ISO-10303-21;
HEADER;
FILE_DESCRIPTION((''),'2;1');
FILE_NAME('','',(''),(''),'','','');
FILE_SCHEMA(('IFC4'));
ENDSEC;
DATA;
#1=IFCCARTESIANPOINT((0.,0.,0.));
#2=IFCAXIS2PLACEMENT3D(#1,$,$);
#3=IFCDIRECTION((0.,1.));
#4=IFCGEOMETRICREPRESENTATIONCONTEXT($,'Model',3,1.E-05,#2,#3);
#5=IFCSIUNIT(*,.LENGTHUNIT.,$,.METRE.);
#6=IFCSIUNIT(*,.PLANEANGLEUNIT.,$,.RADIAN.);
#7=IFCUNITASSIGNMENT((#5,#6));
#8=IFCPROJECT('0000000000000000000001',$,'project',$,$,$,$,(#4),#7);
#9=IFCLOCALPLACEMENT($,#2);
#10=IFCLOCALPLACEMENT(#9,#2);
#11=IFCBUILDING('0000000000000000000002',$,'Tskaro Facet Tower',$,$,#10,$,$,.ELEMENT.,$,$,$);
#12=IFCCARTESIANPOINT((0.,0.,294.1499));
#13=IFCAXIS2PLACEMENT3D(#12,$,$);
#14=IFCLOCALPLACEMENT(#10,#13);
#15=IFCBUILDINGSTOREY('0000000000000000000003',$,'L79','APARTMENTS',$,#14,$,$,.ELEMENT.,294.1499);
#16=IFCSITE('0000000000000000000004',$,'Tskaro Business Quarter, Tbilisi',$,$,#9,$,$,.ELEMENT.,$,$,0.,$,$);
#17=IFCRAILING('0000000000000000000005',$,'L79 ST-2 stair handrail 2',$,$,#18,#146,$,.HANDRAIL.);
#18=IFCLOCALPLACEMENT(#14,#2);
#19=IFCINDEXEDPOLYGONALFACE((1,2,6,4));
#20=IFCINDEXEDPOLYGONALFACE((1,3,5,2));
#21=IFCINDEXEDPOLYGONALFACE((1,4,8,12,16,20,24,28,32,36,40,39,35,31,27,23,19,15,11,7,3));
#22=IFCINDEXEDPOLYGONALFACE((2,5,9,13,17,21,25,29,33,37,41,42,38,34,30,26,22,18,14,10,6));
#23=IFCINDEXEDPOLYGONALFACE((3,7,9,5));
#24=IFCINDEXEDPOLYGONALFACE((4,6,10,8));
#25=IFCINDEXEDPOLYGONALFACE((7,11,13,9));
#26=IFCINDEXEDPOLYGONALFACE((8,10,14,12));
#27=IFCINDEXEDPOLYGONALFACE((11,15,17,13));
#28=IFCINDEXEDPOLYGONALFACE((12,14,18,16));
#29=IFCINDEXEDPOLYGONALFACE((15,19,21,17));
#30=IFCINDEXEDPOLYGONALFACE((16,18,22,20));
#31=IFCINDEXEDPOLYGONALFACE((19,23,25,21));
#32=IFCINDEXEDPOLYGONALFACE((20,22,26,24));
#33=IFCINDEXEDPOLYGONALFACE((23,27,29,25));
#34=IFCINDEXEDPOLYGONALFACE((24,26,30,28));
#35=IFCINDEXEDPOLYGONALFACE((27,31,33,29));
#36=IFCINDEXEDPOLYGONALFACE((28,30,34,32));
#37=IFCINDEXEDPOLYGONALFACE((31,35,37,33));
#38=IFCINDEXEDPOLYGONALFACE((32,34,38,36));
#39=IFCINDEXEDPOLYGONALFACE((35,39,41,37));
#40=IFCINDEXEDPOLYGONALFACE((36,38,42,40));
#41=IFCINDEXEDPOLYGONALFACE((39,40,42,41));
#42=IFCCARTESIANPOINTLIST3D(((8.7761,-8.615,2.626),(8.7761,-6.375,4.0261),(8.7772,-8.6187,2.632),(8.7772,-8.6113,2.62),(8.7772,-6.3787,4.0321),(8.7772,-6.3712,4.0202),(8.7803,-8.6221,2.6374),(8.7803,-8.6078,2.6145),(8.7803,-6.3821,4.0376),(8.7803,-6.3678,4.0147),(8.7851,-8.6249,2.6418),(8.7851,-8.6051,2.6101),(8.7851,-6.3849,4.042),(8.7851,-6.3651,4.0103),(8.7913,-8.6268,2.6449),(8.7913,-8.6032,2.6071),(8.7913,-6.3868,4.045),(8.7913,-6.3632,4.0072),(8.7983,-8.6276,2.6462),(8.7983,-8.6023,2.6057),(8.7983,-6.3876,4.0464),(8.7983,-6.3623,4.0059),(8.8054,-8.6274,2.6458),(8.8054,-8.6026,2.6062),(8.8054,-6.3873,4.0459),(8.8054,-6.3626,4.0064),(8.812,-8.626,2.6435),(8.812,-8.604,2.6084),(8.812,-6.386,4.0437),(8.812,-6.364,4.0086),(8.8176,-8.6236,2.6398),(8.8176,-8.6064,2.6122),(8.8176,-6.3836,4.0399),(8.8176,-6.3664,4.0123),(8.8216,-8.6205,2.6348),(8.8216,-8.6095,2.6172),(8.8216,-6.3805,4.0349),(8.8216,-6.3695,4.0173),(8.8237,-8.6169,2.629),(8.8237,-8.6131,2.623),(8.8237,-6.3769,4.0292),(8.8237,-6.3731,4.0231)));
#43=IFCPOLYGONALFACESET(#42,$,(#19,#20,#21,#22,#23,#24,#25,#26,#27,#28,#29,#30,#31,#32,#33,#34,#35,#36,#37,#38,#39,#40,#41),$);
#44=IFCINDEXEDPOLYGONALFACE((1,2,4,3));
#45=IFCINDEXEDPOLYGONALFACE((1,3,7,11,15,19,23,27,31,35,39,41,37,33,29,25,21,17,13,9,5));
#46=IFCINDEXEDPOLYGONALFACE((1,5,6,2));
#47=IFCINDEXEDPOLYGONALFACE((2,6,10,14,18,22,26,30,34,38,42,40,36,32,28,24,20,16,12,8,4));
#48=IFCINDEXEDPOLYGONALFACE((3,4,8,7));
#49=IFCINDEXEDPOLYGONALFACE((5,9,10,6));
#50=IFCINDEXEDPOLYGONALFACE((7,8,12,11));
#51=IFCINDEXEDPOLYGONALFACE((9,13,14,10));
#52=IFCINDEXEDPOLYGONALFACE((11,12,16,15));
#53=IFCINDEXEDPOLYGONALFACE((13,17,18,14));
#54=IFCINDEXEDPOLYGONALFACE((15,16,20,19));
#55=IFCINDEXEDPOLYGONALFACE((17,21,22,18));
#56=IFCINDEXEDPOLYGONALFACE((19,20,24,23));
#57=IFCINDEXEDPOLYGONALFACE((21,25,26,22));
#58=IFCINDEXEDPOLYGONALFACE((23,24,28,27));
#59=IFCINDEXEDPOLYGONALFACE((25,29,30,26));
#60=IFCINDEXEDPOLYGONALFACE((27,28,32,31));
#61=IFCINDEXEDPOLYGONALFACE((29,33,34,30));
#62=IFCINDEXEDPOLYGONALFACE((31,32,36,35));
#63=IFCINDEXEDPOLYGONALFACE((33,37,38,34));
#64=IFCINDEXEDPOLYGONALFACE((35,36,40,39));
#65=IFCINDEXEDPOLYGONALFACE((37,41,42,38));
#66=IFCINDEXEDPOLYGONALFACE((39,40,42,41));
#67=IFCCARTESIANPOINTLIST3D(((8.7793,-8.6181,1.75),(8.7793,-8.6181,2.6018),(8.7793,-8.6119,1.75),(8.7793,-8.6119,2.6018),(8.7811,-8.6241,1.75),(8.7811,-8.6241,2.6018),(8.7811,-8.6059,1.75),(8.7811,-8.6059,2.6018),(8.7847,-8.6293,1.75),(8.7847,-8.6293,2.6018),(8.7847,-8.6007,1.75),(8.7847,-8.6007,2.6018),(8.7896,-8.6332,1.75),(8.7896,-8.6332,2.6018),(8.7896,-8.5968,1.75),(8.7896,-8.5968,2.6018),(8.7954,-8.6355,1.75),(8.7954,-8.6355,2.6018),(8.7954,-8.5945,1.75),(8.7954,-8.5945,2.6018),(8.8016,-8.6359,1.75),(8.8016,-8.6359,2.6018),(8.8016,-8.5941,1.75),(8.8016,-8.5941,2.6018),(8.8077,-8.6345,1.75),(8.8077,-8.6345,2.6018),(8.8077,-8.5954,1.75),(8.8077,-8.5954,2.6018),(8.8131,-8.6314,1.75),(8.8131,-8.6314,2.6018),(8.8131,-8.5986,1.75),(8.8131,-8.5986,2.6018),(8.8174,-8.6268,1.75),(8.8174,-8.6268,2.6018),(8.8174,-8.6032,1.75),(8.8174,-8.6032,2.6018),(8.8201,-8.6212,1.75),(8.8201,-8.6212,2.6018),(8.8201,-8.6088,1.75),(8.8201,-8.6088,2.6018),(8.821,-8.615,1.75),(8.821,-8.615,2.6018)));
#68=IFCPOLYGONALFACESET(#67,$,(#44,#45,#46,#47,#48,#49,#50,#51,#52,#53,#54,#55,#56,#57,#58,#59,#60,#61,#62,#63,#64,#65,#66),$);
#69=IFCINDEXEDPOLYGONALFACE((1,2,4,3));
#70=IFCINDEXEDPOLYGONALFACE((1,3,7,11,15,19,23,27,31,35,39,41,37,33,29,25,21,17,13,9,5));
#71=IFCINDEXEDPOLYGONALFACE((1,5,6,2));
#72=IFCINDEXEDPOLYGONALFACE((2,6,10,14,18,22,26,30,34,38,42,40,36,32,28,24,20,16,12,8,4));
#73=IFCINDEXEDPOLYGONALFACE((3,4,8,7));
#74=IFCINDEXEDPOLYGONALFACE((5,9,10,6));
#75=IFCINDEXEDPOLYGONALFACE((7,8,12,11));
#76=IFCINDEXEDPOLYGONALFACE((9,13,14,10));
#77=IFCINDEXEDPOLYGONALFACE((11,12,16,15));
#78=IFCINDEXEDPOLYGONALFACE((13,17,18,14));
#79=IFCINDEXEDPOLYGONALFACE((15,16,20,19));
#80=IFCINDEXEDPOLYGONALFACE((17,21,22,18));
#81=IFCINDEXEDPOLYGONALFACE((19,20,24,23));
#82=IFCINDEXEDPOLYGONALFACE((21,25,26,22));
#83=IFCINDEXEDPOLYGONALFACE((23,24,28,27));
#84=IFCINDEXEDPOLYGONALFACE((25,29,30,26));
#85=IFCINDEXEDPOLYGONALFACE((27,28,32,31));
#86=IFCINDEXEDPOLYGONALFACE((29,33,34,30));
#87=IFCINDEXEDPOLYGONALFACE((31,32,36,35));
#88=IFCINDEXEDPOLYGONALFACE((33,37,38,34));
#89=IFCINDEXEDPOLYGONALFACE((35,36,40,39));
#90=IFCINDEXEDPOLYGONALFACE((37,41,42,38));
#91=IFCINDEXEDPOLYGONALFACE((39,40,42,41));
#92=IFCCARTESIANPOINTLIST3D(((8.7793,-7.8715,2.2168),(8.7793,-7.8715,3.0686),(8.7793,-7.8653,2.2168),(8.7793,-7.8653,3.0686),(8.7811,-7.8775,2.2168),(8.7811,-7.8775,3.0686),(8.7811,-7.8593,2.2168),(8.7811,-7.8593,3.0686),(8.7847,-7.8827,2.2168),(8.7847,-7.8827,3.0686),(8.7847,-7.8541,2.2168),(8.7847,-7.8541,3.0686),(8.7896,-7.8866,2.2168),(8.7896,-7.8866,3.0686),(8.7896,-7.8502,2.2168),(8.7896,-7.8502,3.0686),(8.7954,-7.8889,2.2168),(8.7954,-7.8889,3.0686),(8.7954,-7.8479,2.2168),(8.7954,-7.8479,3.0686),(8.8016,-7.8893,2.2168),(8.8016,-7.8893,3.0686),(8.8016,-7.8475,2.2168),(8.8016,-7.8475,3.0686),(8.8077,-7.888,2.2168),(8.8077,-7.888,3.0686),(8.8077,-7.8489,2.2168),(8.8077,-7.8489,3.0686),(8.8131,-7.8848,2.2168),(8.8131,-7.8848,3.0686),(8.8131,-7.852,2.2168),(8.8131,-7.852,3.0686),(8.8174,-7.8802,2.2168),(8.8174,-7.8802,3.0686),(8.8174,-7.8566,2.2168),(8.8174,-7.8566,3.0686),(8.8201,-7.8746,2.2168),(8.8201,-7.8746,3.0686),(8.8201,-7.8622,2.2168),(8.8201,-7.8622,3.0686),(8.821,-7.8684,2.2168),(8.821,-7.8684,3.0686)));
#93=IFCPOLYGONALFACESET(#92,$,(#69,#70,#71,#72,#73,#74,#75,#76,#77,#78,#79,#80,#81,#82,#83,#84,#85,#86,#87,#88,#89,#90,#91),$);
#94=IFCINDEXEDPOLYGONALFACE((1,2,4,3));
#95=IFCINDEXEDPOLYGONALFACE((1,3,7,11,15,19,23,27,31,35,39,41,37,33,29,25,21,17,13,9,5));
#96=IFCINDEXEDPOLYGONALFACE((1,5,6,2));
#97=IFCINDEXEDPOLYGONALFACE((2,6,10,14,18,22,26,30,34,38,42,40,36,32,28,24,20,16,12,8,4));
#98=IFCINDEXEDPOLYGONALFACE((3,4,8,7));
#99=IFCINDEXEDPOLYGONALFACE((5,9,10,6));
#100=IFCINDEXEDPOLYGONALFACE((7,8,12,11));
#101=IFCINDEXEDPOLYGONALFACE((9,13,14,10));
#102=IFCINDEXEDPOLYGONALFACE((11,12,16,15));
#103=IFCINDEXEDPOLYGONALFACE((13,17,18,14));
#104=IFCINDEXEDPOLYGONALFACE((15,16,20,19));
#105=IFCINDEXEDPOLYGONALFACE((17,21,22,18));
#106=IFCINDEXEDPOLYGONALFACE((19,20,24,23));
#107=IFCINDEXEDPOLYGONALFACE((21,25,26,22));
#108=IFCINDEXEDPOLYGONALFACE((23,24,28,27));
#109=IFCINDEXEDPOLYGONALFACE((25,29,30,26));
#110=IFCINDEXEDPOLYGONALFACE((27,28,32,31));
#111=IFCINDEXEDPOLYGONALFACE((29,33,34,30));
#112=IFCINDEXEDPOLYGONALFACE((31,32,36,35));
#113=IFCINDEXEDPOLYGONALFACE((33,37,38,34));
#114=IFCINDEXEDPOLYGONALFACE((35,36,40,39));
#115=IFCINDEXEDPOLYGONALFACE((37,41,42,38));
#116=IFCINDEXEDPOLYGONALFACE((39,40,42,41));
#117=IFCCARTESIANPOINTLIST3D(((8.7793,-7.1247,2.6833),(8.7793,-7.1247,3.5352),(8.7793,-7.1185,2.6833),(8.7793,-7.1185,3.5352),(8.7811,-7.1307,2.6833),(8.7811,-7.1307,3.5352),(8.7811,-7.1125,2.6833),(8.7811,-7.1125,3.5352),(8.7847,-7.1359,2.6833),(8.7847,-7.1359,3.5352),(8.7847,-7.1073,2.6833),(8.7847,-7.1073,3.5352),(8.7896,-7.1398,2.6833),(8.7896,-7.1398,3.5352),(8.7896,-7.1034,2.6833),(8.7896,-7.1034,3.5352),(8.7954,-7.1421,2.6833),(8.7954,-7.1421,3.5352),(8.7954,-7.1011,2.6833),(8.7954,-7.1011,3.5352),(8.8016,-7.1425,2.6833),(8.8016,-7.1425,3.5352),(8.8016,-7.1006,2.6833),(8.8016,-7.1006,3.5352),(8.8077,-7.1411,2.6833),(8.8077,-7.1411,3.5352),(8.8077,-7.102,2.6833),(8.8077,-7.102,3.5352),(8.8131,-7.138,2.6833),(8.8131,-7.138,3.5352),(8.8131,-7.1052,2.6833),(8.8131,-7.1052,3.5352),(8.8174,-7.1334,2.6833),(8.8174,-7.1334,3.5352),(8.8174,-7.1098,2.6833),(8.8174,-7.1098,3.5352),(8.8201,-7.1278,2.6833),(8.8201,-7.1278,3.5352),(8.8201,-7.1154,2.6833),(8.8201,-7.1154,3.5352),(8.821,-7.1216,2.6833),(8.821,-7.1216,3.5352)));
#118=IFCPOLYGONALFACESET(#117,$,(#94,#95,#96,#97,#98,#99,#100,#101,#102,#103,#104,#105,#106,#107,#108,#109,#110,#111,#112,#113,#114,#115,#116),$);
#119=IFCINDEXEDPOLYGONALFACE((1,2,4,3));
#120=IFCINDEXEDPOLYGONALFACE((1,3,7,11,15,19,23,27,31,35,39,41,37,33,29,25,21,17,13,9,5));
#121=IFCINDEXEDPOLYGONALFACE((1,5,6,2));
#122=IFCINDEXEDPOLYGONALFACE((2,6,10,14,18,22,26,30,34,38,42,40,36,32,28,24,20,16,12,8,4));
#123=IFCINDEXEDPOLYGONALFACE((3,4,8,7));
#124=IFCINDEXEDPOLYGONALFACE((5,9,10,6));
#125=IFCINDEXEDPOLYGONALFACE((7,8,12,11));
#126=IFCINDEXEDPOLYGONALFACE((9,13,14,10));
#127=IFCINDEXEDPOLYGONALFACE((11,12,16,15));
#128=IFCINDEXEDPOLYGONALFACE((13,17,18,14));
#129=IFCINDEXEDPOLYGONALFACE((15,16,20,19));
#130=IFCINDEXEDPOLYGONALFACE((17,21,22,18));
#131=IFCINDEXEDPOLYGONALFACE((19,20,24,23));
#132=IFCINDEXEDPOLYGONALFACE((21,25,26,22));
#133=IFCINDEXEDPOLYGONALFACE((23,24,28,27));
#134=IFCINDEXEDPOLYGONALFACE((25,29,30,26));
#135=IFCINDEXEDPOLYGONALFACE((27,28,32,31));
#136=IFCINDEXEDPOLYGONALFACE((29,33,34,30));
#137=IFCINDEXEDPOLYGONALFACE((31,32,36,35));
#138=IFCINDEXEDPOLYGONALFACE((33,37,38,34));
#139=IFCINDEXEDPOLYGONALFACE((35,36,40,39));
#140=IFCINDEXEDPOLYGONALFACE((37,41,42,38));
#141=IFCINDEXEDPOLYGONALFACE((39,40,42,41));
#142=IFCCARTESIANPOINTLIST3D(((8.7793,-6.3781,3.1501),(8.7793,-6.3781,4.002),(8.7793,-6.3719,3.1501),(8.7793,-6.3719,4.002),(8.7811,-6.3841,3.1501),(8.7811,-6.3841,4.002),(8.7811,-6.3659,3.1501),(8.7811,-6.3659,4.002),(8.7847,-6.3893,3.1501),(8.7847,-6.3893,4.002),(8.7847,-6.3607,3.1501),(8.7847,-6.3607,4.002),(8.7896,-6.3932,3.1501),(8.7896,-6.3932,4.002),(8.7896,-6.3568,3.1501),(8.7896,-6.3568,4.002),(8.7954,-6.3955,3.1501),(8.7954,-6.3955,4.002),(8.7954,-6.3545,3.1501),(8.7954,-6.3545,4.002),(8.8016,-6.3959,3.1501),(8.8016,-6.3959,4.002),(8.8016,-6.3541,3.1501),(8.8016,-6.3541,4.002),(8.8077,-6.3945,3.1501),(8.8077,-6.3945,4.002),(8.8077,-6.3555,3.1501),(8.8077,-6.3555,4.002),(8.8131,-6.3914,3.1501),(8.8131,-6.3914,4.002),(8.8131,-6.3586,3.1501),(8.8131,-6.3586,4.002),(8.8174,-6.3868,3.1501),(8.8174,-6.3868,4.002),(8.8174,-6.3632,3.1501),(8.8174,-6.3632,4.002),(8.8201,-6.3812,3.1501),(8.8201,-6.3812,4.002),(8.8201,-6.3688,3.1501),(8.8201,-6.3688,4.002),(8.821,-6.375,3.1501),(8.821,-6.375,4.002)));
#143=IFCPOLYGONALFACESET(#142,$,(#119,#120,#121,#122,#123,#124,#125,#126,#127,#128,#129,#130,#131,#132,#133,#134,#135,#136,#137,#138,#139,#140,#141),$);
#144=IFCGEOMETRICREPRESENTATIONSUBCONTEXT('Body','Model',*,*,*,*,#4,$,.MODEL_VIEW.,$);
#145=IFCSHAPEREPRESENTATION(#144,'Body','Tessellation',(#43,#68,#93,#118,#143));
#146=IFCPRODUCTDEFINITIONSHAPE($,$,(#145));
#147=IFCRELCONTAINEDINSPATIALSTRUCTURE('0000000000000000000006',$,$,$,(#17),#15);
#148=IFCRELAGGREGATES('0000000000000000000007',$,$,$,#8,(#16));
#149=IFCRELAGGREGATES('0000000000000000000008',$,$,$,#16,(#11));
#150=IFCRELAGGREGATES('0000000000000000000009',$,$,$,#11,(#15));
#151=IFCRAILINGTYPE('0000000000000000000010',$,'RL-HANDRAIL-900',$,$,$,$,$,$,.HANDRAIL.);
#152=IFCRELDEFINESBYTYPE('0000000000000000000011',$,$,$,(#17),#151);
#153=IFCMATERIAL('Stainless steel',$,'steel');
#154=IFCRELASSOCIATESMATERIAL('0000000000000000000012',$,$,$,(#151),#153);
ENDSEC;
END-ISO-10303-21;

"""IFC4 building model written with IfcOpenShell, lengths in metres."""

from ifc_helpers import new_model, si_unit, direction, frame, origin, origin_2d, place, context, subcontext, project, spatial, circle, extrude, material, type_object, element, save


model = new_model("IFC4")

# Units and contexts
model_context = context("Model", 3, precision=1e-05, world=origin(), true_north=direction((0.0, 1.0)))
body_context = subcontext(model_context, "Body", "Model", "MODEL_VIEW")
ifc_project = project(units=[si_unit("LENGTHUNIT", "METRE"), si_unit("PLANEANGLEUNIT", "RADIAN")], contexts=[model_context])

# Site, building, storey
site_placement = place(None, origin())
site = spatial("IfcSite", under=ifc_project, at=site_placement, Name="Tskaro Business Quarter, Tbilisi", CompositionType="ELEMENT", RefElevation=0.0)
building_placement = place(site_placement, origin())
building = spatial("IfcBuilding", under=site, at=building_placement, Name="Tskaro Facet Tower", CompositionType="ELEMENT")
storey_placement = place(building_placement, frame((0.0, 0.0, 294.1499)))
storey = spatial("IfcBuildingStorey", under=building, at=storey_placement, Name="L79", Description="APARTMENTS", CompositionType="ELEMENT", Elevation=294.1499)

# Railing
ifc_material_1 = material(Name="Stainless steel", Category="steel")
railing_type = type_object("IfcRailingType", Name="RL-HANDRAIL-900", PredefinedType="HANDRAIL", material=ifc_material_1)
railing_placement = place(storey_placement, frame((8.8, -8.615, 1.75)))
element("IfcRailing", 1, at=railing_placement, inside=storey, type_object=railing_type, Name="L79 ST-2 stair handrail 2", PredefinedType="HANDRAIL", context=body_context, shape_type="SweptSolid", body=[
    extrude(circle(Radius=0.0239, at=origin_2d()), frame((0.0, 0.0, 0.876), z_axis=(0.0, 0.847972, 0.53004), x_axis=(-1.0, 0.0, 0.0)), (0.0, 0.0, 1.0), 2.6416),
    extrude(circle(Radius=0.021, at=origin_2d()), origin(), (0.0, 0.0, 1.0), 0.8518),
    extrude(circle(Radius=0.021, at=origin_2d()), frame((0.0, 0.7466, 0.4668)), (0.0, 0.0, 1.0), 0.8518),
    extrude(circle(Radius=0.021, at=origin_2d()), frame((0.0, 1.4934, 0.9333)), (0.0, 0.0, 1.0), 0.8518),
    extrude(circle(Radius=0.021, at=origin_2d()), frame((0.0, 2.24, 1.4001)), (0.0, 0.0, 1.0), 0.8518),
])

save(model, "model.ifc")
